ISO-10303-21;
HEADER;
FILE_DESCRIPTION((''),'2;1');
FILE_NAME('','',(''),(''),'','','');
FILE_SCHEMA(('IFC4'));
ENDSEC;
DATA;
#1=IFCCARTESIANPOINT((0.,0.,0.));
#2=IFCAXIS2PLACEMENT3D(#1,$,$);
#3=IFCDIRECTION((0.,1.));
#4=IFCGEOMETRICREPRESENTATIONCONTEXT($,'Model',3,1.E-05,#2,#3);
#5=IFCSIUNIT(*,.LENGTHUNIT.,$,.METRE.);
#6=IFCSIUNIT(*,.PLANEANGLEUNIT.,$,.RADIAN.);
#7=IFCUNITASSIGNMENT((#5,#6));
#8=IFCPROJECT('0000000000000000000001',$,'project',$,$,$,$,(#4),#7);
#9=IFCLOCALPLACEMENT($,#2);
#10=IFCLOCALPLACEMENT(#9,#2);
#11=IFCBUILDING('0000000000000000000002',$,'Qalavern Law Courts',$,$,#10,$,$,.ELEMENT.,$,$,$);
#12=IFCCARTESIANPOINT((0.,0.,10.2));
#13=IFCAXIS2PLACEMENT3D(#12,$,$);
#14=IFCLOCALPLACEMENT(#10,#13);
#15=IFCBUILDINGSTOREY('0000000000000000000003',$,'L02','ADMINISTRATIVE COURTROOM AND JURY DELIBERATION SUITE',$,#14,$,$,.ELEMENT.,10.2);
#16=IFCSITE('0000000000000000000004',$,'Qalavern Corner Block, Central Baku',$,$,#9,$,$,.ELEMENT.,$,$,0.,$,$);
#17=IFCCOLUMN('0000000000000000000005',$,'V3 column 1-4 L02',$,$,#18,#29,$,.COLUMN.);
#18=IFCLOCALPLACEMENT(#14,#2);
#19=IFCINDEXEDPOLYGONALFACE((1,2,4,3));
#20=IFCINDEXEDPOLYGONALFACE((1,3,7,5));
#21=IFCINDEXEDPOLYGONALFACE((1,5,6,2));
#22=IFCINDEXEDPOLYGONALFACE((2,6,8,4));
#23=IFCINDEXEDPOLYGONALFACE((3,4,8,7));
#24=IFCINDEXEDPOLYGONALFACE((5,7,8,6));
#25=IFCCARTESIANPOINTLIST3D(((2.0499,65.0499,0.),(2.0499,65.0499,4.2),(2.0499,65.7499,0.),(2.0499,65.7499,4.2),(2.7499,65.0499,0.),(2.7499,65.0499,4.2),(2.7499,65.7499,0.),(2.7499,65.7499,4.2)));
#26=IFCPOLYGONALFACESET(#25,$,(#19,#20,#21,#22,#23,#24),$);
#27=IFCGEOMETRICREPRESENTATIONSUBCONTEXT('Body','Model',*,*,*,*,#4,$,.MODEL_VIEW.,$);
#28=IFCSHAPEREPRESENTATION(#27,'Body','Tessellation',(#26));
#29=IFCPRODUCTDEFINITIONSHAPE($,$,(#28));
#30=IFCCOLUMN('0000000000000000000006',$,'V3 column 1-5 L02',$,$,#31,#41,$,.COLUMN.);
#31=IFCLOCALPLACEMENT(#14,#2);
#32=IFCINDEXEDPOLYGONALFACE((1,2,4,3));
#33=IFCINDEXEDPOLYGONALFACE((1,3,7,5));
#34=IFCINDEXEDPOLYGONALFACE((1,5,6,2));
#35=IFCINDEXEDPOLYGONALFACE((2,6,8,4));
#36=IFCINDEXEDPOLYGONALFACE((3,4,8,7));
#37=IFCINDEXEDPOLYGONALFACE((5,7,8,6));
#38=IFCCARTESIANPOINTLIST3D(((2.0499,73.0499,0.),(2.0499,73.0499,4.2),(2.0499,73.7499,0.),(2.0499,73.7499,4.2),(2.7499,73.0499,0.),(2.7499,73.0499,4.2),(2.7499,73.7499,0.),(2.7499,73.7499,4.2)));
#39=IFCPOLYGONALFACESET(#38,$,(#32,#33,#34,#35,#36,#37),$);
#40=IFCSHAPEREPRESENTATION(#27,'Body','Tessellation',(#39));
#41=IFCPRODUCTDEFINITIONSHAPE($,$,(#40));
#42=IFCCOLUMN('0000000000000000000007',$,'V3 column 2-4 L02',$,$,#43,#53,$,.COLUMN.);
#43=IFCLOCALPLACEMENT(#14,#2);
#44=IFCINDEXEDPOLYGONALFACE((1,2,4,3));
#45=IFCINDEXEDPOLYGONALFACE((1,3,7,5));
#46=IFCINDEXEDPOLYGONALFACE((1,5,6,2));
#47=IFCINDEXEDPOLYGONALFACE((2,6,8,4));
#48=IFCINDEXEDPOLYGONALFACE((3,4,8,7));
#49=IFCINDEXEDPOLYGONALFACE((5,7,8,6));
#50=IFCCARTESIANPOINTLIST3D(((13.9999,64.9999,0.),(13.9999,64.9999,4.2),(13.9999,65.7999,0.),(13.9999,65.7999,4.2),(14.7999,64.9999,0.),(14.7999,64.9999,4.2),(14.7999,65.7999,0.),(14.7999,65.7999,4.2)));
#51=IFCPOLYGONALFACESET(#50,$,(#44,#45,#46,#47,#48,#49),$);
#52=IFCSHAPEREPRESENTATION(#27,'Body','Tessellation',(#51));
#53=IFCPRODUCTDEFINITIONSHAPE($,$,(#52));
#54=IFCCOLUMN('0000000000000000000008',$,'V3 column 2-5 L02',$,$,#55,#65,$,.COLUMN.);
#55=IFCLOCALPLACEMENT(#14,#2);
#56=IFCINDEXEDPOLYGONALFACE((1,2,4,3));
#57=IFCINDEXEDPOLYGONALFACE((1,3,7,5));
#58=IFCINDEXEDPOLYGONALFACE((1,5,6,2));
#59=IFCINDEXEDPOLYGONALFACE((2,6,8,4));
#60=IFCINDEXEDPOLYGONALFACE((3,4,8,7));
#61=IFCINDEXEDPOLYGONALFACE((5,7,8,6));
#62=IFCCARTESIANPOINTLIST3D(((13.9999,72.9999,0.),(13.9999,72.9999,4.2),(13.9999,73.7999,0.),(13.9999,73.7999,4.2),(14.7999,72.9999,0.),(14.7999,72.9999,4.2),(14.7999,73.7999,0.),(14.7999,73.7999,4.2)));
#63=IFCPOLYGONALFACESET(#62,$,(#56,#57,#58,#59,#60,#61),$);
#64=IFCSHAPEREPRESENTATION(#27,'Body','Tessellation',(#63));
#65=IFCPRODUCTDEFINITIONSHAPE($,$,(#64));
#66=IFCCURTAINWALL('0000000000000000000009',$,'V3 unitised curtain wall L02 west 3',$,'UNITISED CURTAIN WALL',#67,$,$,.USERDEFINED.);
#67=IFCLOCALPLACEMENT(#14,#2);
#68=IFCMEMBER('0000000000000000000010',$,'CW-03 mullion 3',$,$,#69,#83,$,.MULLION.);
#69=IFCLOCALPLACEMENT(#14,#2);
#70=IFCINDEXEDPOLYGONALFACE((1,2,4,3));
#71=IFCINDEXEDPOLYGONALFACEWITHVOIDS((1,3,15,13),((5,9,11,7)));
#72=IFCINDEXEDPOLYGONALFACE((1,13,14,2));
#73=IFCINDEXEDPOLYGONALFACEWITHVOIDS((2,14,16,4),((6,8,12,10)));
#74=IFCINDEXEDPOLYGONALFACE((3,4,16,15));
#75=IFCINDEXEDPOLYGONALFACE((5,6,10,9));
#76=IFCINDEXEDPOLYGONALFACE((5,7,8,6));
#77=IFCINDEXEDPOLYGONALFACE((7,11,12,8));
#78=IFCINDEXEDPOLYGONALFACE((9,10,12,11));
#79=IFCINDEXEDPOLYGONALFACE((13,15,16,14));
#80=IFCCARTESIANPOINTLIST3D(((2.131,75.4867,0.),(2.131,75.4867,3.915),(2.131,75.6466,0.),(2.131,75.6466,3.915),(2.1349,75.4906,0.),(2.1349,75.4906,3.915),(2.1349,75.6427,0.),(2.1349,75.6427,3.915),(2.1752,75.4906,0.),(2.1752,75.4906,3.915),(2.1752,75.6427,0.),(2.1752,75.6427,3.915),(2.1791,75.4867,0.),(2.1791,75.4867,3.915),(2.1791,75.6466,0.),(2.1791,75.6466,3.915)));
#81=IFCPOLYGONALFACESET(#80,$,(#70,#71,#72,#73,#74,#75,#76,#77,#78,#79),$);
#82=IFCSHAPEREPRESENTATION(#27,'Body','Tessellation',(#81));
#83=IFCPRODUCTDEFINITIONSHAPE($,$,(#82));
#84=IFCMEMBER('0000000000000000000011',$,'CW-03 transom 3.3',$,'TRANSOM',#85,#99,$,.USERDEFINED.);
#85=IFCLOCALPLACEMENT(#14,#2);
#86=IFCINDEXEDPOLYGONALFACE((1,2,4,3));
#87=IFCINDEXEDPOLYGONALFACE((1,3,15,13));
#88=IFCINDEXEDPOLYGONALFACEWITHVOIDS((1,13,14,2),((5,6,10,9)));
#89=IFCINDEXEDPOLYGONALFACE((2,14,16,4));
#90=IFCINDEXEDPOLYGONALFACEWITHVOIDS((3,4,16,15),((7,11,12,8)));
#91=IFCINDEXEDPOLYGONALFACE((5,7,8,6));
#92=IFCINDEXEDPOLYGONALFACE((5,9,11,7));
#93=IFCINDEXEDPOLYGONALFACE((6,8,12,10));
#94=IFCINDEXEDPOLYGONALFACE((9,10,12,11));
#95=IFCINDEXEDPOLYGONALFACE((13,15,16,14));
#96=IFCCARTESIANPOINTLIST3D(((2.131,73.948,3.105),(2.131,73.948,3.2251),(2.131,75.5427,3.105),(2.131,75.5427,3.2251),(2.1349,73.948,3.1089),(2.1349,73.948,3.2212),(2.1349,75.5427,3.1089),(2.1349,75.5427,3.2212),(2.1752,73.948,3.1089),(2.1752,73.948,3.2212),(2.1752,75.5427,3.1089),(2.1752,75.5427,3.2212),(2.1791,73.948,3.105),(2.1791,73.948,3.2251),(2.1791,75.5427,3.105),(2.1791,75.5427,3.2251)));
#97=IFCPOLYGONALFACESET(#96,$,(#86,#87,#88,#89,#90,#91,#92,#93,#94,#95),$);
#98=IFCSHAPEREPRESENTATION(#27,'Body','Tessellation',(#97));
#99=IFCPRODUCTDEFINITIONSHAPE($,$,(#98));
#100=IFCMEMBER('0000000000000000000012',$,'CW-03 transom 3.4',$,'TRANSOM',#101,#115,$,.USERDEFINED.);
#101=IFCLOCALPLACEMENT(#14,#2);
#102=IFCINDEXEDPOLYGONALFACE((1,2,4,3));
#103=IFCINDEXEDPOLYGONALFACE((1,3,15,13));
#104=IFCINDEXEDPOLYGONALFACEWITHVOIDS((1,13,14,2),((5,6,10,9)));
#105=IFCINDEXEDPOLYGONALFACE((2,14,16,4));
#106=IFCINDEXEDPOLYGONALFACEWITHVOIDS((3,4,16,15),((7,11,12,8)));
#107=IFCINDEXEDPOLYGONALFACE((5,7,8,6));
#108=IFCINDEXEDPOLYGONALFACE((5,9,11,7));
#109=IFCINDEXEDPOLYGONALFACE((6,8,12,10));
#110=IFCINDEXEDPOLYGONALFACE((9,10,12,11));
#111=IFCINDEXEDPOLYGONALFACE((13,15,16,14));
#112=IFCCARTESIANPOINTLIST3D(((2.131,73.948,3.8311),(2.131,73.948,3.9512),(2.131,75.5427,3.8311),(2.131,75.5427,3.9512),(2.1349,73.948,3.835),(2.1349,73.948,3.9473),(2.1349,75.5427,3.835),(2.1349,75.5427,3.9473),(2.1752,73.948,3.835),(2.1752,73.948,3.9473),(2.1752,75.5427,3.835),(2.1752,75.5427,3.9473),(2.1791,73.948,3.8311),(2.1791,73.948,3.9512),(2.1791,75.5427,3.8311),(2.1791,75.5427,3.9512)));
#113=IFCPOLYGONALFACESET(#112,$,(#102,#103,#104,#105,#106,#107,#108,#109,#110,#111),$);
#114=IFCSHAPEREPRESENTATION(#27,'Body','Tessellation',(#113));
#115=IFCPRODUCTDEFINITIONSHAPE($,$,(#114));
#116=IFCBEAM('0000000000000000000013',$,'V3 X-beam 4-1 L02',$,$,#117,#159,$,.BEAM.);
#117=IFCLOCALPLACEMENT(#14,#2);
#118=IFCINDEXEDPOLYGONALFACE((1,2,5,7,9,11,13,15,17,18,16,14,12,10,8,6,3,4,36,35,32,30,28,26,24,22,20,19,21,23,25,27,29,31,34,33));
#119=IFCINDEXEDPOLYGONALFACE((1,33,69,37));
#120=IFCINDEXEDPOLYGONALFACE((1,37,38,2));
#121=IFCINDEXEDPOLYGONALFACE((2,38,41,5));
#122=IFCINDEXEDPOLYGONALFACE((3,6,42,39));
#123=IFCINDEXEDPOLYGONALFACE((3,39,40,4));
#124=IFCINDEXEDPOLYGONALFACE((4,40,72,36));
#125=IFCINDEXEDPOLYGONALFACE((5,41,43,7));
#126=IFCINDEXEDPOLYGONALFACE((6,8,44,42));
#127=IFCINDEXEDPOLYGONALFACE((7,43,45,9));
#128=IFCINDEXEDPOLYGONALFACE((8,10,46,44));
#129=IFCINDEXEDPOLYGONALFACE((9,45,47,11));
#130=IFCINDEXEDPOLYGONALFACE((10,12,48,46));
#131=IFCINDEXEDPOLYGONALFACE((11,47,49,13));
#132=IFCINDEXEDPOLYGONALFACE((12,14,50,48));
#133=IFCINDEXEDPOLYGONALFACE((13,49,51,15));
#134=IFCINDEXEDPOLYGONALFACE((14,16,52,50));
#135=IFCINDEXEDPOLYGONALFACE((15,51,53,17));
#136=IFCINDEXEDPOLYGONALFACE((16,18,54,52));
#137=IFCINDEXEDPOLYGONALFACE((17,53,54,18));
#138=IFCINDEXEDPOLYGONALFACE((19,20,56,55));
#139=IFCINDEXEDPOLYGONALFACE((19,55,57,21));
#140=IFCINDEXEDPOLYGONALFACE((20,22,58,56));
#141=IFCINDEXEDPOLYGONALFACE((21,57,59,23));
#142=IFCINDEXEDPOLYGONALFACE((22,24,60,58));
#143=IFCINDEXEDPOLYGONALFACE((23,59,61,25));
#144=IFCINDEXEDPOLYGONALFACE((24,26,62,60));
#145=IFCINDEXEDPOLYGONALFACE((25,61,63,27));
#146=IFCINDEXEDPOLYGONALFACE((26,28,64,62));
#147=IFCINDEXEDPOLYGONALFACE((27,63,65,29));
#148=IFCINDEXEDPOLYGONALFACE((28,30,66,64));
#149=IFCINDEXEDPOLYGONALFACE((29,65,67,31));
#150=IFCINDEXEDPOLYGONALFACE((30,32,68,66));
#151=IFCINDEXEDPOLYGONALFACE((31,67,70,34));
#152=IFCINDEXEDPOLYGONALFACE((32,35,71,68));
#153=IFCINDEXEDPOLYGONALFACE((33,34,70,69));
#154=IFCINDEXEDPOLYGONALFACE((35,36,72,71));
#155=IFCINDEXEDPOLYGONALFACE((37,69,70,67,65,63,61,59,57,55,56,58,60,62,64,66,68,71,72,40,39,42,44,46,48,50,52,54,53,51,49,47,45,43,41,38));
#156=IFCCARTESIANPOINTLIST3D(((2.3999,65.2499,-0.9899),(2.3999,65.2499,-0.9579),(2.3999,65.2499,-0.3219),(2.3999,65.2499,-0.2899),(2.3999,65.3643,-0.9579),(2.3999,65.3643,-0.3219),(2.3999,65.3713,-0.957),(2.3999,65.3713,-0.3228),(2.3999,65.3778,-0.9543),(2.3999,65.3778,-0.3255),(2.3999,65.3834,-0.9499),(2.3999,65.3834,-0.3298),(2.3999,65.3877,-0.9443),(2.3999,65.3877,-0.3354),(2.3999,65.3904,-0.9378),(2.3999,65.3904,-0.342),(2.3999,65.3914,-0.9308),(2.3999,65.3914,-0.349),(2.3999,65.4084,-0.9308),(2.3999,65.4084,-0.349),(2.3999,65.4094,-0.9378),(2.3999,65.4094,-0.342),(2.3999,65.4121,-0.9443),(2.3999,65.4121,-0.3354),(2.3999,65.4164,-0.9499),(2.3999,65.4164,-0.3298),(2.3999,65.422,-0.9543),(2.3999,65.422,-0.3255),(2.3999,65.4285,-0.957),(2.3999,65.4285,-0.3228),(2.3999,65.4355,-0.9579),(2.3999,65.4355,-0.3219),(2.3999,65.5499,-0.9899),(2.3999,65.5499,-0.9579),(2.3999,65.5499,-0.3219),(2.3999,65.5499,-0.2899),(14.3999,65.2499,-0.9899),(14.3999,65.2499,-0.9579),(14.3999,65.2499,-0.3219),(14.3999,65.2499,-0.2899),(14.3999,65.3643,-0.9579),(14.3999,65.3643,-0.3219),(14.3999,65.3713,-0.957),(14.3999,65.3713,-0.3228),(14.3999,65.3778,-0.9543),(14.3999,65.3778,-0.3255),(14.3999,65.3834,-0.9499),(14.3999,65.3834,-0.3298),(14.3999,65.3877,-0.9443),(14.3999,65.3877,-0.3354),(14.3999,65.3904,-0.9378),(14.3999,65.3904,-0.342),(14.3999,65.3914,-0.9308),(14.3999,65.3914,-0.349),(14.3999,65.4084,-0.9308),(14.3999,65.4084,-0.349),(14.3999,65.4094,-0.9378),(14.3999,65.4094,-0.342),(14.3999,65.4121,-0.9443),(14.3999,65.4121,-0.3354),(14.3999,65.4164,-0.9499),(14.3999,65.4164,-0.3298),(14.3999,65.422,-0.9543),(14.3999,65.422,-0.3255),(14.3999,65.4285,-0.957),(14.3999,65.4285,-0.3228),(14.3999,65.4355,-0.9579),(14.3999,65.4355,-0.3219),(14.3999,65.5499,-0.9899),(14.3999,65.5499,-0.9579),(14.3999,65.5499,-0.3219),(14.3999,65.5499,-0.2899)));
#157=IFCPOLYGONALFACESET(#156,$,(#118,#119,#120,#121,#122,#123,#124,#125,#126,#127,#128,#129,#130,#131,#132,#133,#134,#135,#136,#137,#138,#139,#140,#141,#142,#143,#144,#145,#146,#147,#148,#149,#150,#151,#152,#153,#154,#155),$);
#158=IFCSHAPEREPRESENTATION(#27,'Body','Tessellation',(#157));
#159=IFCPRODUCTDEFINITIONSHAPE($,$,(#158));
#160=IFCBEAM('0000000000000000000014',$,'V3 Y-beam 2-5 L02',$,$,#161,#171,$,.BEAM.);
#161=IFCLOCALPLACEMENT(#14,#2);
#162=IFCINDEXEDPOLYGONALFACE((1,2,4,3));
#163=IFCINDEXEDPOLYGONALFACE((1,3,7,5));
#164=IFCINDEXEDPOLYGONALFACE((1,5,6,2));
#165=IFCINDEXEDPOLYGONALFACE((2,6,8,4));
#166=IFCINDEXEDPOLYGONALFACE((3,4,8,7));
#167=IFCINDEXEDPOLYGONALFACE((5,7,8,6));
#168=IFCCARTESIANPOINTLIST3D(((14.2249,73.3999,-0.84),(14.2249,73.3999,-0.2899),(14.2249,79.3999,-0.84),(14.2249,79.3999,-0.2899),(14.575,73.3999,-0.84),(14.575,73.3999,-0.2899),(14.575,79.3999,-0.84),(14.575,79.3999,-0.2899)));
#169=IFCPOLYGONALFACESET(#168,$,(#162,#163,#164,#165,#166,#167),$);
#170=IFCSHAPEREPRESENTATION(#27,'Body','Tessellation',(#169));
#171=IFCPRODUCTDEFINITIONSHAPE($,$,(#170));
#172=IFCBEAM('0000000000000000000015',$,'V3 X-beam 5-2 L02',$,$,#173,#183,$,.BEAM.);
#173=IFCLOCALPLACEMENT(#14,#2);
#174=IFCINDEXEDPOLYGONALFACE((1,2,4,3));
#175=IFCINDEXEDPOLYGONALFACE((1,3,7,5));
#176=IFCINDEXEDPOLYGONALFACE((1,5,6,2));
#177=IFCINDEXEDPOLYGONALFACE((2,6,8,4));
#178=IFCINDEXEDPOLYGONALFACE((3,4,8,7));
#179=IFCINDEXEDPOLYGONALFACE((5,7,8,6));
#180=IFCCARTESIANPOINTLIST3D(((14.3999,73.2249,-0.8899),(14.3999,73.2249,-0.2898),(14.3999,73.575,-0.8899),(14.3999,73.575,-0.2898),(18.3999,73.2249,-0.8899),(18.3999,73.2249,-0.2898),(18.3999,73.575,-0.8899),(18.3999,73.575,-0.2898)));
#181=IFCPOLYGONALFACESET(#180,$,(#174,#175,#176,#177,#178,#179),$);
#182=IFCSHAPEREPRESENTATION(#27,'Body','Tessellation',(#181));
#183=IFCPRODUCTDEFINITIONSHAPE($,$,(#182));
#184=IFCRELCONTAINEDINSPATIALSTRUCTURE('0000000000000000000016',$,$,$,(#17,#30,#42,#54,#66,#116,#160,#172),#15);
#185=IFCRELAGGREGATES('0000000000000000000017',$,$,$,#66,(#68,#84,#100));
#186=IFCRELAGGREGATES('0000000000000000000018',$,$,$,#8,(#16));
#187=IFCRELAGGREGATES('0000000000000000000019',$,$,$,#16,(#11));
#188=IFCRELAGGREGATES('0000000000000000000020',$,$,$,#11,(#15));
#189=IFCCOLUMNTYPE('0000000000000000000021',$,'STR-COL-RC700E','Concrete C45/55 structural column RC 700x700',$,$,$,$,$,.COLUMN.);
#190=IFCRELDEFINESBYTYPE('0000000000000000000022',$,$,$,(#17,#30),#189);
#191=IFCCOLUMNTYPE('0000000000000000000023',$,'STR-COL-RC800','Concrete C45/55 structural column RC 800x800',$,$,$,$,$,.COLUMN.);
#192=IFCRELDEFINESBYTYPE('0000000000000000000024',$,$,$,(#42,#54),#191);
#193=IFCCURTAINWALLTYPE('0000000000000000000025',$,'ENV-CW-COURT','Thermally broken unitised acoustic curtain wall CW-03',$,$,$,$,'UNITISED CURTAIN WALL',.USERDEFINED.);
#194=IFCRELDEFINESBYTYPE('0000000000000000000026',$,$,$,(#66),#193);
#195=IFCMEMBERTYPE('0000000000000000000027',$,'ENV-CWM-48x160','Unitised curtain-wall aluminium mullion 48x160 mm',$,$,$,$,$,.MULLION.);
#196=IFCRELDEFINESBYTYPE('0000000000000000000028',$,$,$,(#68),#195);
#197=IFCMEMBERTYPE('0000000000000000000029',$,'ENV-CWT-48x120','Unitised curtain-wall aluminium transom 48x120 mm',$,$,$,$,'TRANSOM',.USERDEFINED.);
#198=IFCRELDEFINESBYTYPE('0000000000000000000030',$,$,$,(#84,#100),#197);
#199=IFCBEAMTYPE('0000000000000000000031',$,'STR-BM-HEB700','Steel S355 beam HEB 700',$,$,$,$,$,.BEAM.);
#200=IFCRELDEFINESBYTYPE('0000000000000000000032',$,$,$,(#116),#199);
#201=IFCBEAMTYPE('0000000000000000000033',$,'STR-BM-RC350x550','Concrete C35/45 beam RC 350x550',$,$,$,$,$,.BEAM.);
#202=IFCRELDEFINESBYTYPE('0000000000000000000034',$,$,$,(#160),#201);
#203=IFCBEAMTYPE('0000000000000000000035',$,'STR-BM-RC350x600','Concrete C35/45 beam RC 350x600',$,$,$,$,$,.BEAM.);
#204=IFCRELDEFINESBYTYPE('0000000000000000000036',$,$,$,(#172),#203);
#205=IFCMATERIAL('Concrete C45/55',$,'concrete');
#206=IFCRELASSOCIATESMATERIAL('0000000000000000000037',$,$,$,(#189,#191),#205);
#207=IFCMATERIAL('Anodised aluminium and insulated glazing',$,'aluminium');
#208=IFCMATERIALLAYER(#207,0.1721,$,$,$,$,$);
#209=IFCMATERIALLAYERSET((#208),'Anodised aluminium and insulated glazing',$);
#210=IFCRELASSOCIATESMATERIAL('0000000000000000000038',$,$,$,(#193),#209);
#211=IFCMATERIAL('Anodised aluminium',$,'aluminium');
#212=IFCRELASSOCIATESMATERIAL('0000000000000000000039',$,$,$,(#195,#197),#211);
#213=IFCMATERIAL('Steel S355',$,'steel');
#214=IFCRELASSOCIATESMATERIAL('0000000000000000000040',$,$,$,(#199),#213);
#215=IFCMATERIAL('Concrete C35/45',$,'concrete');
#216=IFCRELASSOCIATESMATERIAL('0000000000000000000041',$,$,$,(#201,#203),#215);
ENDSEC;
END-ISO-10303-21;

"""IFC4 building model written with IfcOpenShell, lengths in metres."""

from ifc_helpers import new_model, si_unit, direction, frame, origin, origin_2d, place, context, subcontext, project, spatial, rectangle, hollow_rectangle, i_section, extrude, material, layer, layer_set, material_profile, profile_set, type_object, element, aggregate, save


model = new_model("IFC4")

# Units and contexts
model_context = context("Model", 3, precision=1e-05, world=origin(), true_north=direction((0.0, 1.0)))
body_context = subcontext(model_context, "Body", "Model", "MODEL_VIEW")
ifc_project = project(units=[si_unit("LENGTHUNIT", "METRE"), si_unit("PLANEANGLEUNIT", "RADIAN")], contexts=[model_context])

# Site, building, storey
site_placement = place(None, origin())
site = spatial("IfcSite", under=ifc_project, at=site_placement, Name="Qalavern Corner Block, Central Baku", CompositionType="ELEMENT", RefElevation=0.0)
building_placement = place(site_placement, origin())
building = spatial("IfcBuilding", under=site, at=building_placement, Name="Qalavern Law Courts", CompositionType="ELEMENT")
storey_placement = place(building_placement, frame((0.0, 0.0, 10.2)))
storey = spatial("IfcBuildingStorey", under=building, at=storey_placement, Name="L02", Description="ADMINISTRATIVE COURTROOM AND JURY DELIBERATION SUITE", CompositionType="ELEMENT", Elevation=10.2)

# Columns
ifc_material_1 = material(Name="Concrete C45/55", Category="concrete")
ifc_material_profile_1 = material_profile(ifc_material_1, rectangle(XDim=0.7, YDim=0.7, at=origin_2d()), Name="RC 700x700")
ifc_profile_set_1 = profile_set([ifc_material_profile_1], Name="Concrete C45/55")
column_type_1 = type_object("IfcColumnType", Name="STR-COL-RC700E", Description="Concrete C45/55 structural column RC 700x700", PredefinedType="COLUMN", material=ifc_profile_set_1)
for number, where, z_axis, x_axis, name in (
    (1, (2.3999, 65.3999, 0.0), (0.0, 0.0, 1.0), (1.0, 0.0, 0.0), "V3 column 1-4 L02"),
    (2, (2.3999, 73.3999, 0.0), (0.0, 0.0, 1.0), (1.0, 0.0, 0.0), "V3 column 1-5 L02"),
):
    element("IfcColumn", number, at=place(storey_placement, frame(where, z_axis=z_axis, x_axis=x_axis)), inside=storey, type_object=column_type_1, Name=name, PredefinedType="COLUMN", context=body_context, shape_type="SweptSolid", body=[
        extrude(rectangle(XDim=0.7, YDim=0.7, at=origin_2d()), origin(), (0.0, 0.0, 1.0), 4.2),
    ])
ifc_material_profile_2 = material_profile(ifc_material_1, rectangle(XDim=0.8, YDim=0.8, at=origin_2d()), Name="RC 800x800")
ifc_profile_set_2 = profile_set([ifc_material_profile_2], Name="Concrete C45/55")
column_type_2 = type_object("IfcColumnType", Name="STR-COL-RC800", Description="Concrete C45/55 structural column RC 800x800", PredefinedType="COLUMN", material=ifc_profile_set_2)
for number, where, z_axis, x_axis, name in (
    (3, (14.3999, 65.3999, 0.0), (0.0, 0.0, 1.0), (1.0, 0.0, 0.0), "V3 column 2-4 L02"),
    (4, (14.3999, 73.3999, 0.0), (0.0, 0.0, 1.0), (1.0, 0.0, 0.0), "V3 column 2-5 L02"),
):
    element("IfcColumn", number, at=place(storey_placement, frame(where, z_axis=z_axis, x_axis=x_axis)), inside=storey, type_object=column_type_2, Name=name, PredefinedType="COLUMN", context=body_context, shape_type="SweptSolid", body=[
        extrude(rectangle(XDim=0.8, YDim=0.8, at=origin_2d()), origin(), (0.0, 0.0, 1.0), 4.2),
    ])

# Curtain wall, members
ifc_material_2 = material(Name="Anodised aluminium and insulated glazing", Category="aluminium")
ifc_layer_1 = layer(ifc_material_2, 0.1721)
ifc_layer_set_1 = layer_set([ifc_layer_1], Name="Anodised aluminium and insulated glazing")
curtain_wall_type = type_object("IfcCurtainWallType", Name="ENV-CW-COURT", Description="Thermally broken unitised acoustic curtain wall CW-03", ElementType="UNITISED CURTAIN WALL", PredefinedType="USERDEFINED", material=ifc_layer_set_1)
curtain_wall_placement = place(storey_placement, origin())
curtain_wall = element("IfcCurtainWall", 5, at=curtain_wall_placement, inside=storey, type_object=curtain_wall_type, Name="V3 unitised curtain wall L02 west 3", ObjectType="UNITISED CURTAIN WALL", PredefinedType="USERDEFINED")
ifc_material_3 = material(Name="Anodised aluminium", Category="aluminium")
ifc_material_profile_3 = material_profile(ifc_material_3, hollow_rectangle(XDim=0.0481, YDim=0.1599, WallThickness=0.0039, at=origin_2d()), Name="ALU MULLION 48x160")
ifc_profile_set_3 = profile_set([ifc_material_profile_3], Name="Anodised aluminium")
member_type_1 = type_object("IfcMemberType", Name="ENV-CWM-48x160", Description="Unitised curtain-wall aluminium mullion 48x160 mm", PredefinedType="MULLION", material=ifc_profile_set_3)
member_1_placement = place(storey_placement, frame((2.155, 75.5667, 0.0), z_axis=(0.0, 0.0, 1.0), x_axis=(1.0, 0.0, 0.0)))
member_1 = element("IfcMember", 6, at=member_1_placement, type_object=member_type_1, Name="CW-03 mullion 3", PredefinedType="MULLION", context=body_context, shape_type="SweptSolid", body=[
    extrude(hollow_rectangle(XDim=0.0481, YDim=0.1599, WallThickness=0.0039, at=origin_2d()), origin(), (0.0, 0.0, 1.0), 3.915),
])
ifc_material_profile_4 = material_profile(ifc_material_3, hollow_rectangle(XDim=0.0481, YDim=0.1201, WallThickness=0.0039, at=origin_2d()), Name="ALU TRANSOM 48x120")
ifc_profile_set_4 = profile_set([ifc_material_profile_4], Name="Anodised aluminium")
member_type_2 = type_object("IfcMemberType", Name="ENV-CWT-48x120", Description="Unitised curtain-wall aluminium transom 48x120 mm", ElementType="TRANSOM", PredefinedType="USERDEFINED", material=ifc_profile_set_4)
member_2_placement = place(storey_placement, frame((2.155, 75.5427, 3.165), z_axis=(0.0, -1.0, 0.0), x_axis=(1.0, 0.0, 0.0)))
member_2 = element("IfcMember", 7, at=member_2_placement, type_object=member_type_2, Name="CW-03 transom 3.3", ObjectType="TRANSOM", PredefinedType="USERDEFINED", context=body_context, shape_type="SweptSolid", body=[
    extrude(hollow_rectangle(XDim=0.0481, YDim=0.1201, WallThickness=0.0039, at=origin_2d()), origin(), (0.0, 0.0, 1.0), 1.5947),
])
member_3_placement = place(storey_placement, frame((2.155, 75.5427, 3.8911), z_axis=(0.0, -1.0, 0.0), x_axis=(1.0, 0.0, 0.0)))
member_3 = element("IfcMember", 8, at=member_3_placement, type_object=member_type_2, Name="CW-03 transom 3.4", ObjectType="TRANSOM", PredefinedType="USERDEFINED", context=body_context, shape_type="SweptSolid", body=[
    extrude(hollow_rectangle(XDim=0.0481, YDim=0.1201, WallThickness=0.0039, at=origin_2d()), origin(), (0.0, 0.0, 1.0), 1.5947),
])

# Beams
ifc_material_4 = material(Name="Steel S355", Category="steel")
ifc_material_profile_5 = material_profile(ifc_material_4, i_section(OverallWidth=0.3, OverallDepth=0.7, WebThickness=0.0171, FlangeThickness=0.032, FilletRadius=0.0271, at=origin_2d()), Name="HEB 700")
ifc_profile_set_5 = profile_set([ifc_material_profile_5], Name="Steel S355")
beam_type_1 = type_object("IfcBeamType", Name="STR-BM-HEB700", Description="Steel S355 beam HEB 700", PredefinedType="BEAM", material=ifc_profile_set_5)
beam_1_placement = place(storey_placement, frame((2.3999, 65.3999, -0.6399), z_axis=(1.0, 0.0, 0.0), x_axis=(0.0, 1.0, 0.0)))
element("IfcBeam", 9, at=beam_1_placement, inside=storey, type_object=beam_type_1, Name="V3 X-beam 4-1 L02", PredefinedType="BEAM", context=body_context, shape_type="SweptSolid", body=[
    extrude(i_section(OverallWidth=0.3, OverallDepth=0.7, WebThickness=0.0171, FlangeThickness=0.032, FilletRadius=0.0271, at=origin_2d()), origin(), (0.0, 0.0, 1.0), 12.0),
])
ifc_material_5 = material(Name="Concrete C35/45", Category="concrete")
ifc_material_profile_6 = material_profile(ifc_material_5, rectangle(XDim=0.3501, YDim=0.55, at=origin_2d()), Name="RC 350x550")
ifc_profile_set_6 = profile_set([ifc_material_profile_6], Name="Concrete C35/45")
beam_type_2 = type_object("IfcBeamType", Name="STR-BM-RC350x550", Description="Concrete C35/45 beam RC 350x550", PredefinedType="BEAM", material=ifc_profile_set_6)
beam_2_placement = place(storey_placement, frame((14.3999, 73.3999, -0.5649), z_axis=(0.0, 1.0, 0.0), x_axis=(-1.0, 0.0, 0.0)))
element("IfcBeam", 10, at=beam_2_placement, inside=storey, type_object=beam_type_2, Name="V3 Y-beam 2-5 L02", PredefinedType="BEAM", context=body_context, shape_type="SweptSolid", body=[
    extrude(rectangle(XDim=0.3501, YDim=0.55, at=origin_2d()), origin(), (0.0, 0.0, 1.0), 6.0),
])
ifc_material_profile_7 = material_profile(ifc_material_5, rectangle(XDim=0.3501, YDim=0.6001, at=origin_2d()), Name="RC 350x600")
ifc_profile_set_7 = profile_set([ifc_material_profile_7], Name="Concrete C35/45")
beam_type_3 = type_object("IfcBeamType", Name="STR-BM-RC350x600", Description="Concrete C35/45 beam RC 350x600", PredefinedType="BEAM", material=ifc_profile_set_7)
beam_3_placement = place(storey_placement, frame((14.3999, 73.3999, -0.5898), z_axis=(1.0, 0.0, 0.0), x_axis=(0.0, 1.0, 0.0)))
element("IfcBeam", 11, at=beam_3_placement, inside=storey, type_object=beam_type_3, Name="V3 X-beam 5-2 L02", PredefinedType="BEAM", context=body_context, shape_type="SweptSolid", body=[
    extrude(rectangle(XDim=0.3501, YDim=0.6001, at=origin_2d()), origin(), (0.0, 0.0, 1.0), 4.0),
])

aggregate(curtain_wall, [member_1, member_2, member_3])

save(model, "model.ifc")
